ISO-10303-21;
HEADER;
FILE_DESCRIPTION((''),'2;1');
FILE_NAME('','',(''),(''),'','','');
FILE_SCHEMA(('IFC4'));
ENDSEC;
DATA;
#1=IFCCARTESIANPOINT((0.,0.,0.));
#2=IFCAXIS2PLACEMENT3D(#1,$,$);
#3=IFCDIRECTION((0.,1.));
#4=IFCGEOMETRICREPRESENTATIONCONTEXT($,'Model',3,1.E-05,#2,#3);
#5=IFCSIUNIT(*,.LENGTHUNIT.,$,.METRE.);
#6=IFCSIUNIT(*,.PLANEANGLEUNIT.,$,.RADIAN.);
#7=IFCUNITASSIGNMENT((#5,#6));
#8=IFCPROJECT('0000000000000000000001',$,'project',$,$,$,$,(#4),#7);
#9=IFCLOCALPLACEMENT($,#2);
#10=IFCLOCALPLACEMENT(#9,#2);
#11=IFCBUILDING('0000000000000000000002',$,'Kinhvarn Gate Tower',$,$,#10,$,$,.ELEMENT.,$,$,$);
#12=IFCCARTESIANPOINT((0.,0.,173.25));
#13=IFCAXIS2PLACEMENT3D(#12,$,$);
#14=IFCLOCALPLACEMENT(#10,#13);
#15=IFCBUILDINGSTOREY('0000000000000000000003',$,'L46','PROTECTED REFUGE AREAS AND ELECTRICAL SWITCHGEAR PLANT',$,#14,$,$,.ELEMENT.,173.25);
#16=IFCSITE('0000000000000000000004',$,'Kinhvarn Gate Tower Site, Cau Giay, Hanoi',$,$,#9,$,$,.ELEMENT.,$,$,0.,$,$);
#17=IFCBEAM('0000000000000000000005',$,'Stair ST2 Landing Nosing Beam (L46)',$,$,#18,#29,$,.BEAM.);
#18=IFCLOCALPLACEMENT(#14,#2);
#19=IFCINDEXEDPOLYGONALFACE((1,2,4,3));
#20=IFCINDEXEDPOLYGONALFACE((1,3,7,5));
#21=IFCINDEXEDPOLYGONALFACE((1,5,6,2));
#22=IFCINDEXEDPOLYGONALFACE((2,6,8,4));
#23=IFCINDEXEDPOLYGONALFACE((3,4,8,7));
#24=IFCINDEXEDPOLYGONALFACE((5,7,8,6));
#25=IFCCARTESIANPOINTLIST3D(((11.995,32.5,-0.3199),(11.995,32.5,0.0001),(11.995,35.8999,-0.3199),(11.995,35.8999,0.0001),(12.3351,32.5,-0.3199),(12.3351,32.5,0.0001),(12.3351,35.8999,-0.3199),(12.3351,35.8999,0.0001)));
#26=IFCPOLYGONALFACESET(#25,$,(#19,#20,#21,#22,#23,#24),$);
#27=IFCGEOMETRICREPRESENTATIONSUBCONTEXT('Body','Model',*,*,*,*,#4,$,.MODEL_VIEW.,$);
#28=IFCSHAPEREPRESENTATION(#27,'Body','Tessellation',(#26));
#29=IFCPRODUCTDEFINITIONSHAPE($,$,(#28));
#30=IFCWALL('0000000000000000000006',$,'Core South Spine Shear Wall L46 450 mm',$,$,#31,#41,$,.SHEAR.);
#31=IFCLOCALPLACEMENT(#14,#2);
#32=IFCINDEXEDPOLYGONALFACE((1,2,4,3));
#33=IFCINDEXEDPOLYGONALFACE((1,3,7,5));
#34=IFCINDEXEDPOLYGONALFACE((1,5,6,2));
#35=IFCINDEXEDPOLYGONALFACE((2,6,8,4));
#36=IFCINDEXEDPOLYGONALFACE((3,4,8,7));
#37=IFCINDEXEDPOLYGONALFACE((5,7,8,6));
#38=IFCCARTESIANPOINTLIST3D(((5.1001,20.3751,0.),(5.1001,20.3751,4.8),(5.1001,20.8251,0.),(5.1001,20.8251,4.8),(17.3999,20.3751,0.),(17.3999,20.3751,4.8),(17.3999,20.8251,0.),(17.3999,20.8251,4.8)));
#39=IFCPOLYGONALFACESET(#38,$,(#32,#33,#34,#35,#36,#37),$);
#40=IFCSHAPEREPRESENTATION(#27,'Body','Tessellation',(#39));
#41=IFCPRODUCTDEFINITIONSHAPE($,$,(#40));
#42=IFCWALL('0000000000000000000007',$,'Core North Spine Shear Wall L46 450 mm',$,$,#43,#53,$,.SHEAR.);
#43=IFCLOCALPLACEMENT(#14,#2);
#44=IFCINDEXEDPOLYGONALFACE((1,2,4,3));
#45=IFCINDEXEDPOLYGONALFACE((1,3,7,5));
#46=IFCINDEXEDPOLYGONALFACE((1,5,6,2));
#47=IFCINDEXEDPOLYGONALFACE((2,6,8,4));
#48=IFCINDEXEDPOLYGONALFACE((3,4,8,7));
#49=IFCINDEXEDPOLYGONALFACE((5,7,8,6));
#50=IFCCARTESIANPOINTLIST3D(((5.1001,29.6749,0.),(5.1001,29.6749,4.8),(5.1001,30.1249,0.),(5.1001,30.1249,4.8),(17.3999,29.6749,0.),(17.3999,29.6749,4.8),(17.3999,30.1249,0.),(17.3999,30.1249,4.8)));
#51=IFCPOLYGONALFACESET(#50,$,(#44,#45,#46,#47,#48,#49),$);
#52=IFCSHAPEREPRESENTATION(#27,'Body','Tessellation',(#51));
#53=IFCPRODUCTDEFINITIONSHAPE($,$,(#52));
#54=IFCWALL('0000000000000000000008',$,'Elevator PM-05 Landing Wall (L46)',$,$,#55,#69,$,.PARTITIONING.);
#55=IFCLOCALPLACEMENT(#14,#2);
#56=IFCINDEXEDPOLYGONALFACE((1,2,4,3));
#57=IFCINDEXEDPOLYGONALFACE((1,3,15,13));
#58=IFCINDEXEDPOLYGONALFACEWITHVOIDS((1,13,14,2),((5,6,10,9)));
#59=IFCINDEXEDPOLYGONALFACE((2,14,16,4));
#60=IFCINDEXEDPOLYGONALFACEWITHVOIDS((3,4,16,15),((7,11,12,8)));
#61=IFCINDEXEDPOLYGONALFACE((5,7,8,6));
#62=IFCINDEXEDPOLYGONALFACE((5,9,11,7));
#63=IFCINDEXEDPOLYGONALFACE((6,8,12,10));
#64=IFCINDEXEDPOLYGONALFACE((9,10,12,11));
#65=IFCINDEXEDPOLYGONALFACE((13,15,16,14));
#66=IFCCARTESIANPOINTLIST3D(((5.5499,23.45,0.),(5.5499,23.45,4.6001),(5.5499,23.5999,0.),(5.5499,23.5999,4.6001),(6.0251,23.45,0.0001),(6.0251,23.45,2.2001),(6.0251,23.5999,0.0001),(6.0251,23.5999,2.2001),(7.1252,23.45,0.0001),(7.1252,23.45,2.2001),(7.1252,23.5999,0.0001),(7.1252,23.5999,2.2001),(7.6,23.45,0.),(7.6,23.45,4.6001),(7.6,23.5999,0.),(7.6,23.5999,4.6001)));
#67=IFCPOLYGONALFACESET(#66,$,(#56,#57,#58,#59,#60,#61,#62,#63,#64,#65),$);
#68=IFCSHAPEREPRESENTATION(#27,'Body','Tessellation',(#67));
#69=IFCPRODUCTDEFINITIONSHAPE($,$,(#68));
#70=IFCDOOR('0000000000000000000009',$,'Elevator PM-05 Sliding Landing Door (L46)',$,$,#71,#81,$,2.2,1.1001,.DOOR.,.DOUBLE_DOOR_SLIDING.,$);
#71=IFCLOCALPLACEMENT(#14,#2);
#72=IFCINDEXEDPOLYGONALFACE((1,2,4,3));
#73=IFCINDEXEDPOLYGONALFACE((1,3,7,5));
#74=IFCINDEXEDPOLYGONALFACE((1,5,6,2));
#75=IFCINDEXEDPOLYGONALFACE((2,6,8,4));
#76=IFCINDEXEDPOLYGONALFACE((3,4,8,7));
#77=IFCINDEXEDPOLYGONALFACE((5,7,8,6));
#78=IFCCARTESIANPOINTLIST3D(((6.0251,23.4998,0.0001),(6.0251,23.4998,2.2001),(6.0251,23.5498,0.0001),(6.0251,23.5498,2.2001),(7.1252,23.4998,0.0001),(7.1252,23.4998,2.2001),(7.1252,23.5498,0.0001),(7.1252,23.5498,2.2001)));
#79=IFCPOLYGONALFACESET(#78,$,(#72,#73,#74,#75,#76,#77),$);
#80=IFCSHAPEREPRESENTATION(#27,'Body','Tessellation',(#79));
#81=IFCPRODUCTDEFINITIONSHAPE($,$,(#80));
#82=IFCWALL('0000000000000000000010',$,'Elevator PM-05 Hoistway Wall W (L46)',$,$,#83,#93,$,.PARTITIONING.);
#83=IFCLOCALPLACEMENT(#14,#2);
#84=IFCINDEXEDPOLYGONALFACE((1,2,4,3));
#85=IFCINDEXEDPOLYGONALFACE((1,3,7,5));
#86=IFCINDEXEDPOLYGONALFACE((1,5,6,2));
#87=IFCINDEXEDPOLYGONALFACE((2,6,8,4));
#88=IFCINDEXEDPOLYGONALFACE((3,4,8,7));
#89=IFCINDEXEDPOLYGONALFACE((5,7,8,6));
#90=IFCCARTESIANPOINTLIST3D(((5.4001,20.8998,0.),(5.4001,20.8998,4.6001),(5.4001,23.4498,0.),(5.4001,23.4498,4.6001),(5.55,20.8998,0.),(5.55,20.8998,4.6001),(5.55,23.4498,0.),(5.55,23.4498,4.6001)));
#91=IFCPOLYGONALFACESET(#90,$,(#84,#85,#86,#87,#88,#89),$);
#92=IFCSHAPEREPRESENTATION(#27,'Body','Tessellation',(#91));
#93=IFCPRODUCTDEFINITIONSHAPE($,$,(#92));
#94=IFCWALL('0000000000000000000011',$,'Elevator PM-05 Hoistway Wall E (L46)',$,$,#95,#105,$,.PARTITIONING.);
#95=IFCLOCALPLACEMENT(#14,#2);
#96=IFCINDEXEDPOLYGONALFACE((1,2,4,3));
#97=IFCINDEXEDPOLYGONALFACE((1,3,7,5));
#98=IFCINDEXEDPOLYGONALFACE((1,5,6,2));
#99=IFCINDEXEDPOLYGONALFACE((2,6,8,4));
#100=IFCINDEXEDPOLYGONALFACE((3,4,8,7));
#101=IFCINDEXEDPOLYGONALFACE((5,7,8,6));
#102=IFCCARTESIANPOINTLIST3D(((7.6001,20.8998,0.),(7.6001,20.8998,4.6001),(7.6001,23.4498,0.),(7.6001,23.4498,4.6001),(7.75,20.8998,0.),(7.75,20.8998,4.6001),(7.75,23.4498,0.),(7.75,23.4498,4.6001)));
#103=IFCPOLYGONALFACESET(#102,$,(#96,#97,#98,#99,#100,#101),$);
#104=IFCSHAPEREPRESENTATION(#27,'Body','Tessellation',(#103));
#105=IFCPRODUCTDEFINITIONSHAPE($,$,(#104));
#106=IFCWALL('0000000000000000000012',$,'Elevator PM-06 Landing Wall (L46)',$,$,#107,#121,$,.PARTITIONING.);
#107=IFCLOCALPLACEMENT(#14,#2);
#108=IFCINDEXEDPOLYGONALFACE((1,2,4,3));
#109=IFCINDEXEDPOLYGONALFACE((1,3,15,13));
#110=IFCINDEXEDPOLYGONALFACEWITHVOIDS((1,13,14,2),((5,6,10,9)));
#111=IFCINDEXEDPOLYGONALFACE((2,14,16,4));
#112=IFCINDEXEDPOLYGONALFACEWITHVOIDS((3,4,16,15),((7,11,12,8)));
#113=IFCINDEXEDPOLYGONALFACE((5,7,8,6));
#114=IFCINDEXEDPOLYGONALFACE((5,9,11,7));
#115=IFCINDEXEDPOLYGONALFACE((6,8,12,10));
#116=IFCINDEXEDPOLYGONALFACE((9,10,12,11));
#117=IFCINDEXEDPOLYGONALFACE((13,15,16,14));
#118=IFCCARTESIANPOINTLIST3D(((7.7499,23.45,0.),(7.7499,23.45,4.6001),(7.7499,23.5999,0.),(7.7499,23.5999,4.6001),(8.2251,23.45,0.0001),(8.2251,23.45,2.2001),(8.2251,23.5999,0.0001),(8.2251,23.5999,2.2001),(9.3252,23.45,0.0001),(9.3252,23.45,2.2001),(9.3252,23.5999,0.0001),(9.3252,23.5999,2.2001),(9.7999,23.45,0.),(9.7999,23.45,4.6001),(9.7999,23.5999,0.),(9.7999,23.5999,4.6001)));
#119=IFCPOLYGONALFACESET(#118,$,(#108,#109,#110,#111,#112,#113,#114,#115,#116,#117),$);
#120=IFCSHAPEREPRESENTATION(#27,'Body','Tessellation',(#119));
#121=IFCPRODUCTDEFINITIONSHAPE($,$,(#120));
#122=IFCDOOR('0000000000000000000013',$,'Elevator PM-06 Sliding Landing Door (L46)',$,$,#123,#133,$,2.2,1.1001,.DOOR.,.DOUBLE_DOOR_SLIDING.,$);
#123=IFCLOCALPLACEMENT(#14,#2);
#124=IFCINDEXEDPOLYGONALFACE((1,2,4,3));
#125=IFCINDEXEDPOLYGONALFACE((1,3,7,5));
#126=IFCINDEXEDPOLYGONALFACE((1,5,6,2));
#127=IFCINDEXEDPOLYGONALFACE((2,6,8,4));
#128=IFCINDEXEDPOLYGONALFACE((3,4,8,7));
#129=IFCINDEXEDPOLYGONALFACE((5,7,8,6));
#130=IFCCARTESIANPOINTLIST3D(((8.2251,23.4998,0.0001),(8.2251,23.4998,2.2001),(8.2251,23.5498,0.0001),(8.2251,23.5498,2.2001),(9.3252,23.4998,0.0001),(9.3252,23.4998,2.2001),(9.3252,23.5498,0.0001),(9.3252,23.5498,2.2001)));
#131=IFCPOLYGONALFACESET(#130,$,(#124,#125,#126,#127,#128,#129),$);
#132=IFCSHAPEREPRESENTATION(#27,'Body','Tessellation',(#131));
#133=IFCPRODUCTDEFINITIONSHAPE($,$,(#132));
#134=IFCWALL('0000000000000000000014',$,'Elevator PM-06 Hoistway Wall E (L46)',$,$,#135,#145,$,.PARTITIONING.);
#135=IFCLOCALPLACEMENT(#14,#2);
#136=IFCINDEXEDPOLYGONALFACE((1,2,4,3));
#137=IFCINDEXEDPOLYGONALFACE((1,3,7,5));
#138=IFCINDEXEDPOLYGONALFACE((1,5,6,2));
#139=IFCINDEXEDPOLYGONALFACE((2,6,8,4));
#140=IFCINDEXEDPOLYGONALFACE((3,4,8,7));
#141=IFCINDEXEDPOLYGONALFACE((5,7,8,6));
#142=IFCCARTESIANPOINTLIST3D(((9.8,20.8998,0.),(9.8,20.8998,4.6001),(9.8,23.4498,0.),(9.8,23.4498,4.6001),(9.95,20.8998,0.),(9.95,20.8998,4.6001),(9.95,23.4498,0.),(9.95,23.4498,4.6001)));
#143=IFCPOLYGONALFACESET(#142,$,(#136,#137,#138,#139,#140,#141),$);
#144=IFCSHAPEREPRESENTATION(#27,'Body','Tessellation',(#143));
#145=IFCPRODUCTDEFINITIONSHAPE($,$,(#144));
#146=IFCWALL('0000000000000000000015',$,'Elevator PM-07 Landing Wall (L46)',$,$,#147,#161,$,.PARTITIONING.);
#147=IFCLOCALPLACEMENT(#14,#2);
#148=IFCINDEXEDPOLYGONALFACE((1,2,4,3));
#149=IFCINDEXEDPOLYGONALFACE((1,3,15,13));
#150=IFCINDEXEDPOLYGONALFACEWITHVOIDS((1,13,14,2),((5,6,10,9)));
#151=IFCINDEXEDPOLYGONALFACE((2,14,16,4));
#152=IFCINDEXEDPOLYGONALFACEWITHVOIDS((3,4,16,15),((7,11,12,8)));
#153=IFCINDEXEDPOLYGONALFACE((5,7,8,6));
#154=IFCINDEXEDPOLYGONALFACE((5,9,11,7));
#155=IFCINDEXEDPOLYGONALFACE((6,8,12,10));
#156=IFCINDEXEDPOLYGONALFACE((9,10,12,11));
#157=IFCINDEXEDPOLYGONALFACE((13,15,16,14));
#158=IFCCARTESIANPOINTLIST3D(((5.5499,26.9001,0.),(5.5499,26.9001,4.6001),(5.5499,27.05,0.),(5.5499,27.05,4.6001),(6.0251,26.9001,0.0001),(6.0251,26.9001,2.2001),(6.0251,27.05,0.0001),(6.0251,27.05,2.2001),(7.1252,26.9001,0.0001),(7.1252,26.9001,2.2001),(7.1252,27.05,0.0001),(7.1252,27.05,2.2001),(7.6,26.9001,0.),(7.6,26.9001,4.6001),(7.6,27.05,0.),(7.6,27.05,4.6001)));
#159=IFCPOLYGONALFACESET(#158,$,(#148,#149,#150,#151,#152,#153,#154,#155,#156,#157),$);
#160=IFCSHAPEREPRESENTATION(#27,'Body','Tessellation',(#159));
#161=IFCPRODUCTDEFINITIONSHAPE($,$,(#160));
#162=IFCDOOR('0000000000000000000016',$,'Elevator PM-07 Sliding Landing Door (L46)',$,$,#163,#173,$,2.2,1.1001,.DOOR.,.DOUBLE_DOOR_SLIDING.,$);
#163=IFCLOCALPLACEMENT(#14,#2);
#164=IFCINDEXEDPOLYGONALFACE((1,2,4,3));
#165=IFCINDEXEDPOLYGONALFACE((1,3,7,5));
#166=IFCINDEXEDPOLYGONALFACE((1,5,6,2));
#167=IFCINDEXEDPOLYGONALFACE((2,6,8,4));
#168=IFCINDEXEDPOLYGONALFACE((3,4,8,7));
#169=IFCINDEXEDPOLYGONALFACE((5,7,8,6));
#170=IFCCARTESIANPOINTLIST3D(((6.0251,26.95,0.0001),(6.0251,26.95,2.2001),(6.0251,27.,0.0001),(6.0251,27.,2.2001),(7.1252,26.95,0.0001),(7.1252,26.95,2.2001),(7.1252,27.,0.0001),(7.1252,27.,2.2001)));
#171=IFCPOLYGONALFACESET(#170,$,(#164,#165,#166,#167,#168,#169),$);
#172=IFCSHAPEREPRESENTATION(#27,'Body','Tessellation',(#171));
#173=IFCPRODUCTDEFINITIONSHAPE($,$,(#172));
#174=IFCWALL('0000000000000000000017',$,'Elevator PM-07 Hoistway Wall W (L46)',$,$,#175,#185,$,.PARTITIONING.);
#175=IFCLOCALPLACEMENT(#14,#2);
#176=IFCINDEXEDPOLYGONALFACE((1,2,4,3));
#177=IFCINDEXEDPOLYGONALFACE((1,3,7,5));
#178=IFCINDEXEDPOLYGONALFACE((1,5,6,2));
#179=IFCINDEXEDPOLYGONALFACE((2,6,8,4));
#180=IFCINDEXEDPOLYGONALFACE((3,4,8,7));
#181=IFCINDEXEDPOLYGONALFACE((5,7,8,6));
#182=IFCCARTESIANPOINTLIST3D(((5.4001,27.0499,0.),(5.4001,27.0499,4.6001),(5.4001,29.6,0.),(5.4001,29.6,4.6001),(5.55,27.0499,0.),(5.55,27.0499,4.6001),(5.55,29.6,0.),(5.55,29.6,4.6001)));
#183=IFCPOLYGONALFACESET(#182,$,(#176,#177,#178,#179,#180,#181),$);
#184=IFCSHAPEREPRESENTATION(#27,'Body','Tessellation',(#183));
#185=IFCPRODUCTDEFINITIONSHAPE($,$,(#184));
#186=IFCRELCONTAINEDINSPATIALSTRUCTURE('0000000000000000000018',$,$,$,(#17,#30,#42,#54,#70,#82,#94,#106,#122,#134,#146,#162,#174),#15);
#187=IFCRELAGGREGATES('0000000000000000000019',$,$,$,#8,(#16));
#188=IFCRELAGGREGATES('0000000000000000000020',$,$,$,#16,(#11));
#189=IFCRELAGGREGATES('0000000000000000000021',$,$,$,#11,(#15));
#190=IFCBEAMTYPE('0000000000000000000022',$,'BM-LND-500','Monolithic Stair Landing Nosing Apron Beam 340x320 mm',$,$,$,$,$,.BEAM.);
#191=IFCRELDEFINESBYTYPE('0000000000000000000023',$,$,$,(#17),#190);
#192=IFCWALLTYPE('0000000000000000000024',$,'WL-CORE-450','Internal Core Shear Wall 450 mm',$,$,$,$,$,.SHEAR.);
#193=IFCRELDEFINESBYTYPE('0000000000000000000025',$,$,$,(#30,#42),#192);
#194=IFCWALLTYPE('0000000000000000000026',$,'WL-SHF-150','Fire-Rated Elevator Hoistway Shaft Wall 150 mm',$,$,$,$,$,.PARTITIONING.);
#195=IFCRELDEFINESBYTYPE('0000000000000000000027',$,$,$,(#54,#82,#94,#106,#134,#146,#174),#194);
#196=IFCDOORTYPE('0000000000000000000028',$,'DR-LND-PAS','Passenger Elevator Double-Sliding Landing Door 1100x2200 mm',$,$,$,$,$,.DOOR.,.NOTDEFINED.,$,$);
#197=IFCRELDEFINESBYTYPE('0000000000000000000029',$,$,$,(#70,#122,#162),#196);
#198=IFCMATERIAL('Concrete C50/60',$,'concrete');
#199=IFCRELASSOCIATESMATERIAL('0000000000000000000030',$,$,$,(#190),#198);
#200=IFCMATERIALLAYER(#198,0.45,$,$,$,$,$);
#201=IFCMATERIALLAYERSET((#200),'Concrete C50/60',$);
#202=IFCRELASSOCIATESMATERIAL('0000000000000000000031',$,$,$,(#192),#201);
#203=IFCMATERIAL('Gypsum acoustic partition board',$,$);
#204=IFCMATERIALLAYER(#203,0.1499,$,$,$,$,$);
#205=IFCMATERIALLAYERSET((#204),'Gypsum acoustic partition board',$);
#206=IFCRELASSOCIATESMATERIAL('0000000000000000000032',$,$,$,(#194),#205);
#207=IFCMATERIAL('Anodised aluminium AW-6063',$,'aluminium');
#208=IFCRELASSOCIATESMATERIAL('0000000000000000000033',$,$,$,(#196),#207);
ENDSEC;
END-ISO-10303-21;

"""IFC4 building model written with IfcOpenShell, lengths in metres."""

from ifc_helpers import new_model, si_unit, direction, frame, frame_2d, origin, origin_2d, place, context, subcontext, project, spatial, rectangle, extrude, material, layer, layer_set, material_profile, profile_set, type_object, element, fill, save


model = new_model("IFC4")

# Units and contexts
model_context = context("Model", 3, precision=1e-05, world=origin(), true_north=direction((0.0, 1.0)))
body_context = subcontext(model_context, "Body", "Model", "MODEL_VIEW")
ifc_project = project(units=[si_unit("LENGTHUNIT", "METRE"), si_unit("PLANEANGLEUNIT", "RADIAN")], contexts=[model_context])

# Site, building, storey
site_placement = place(None, origin())
site = spatial("IfcSite", under=ifc_project, at=site_placement, Name="Kinhvarn Gate Tower Site, Cau Giay, Hanoi", CompositionType="ELEMENT", RefElevation=0.0)
building_placement = place(site_placement, origin())
building = spatial("IfcBuilding", under=site, at=building_placement, Name="Kinhvarn Gate Tower", CompositionType="ELEMENT")
storey_placement = place(building_placement, frame((0.0, 0.0, 173.25)))
storey = spatial("IfcBuildingStorey", under=building, at=storey_placement, Name="L46", Description="PROTECTED REFUGE AREAS AND ELECTRICAL SWITCHGEAR PLANT", CompositionType="ELEMENT", Elevation=173.25)

# Beam
ifc_material_1 = material(Name="Concrete C50/60", Category="concrete")
ifc_material_profile = material_profile(ifc_material_1, rectangle(XDim=0.3401, YDim=0.3201, at=origin_2d()), Name="RC 340x320")
ifc_profile_set = profile_set([ifc_material_profile], Name="Concrete C50/60")
beam_type = type_object("IfcBeamType", Name="BM-LND-500", Description="Monolithic Stair Landing Nosing Apron Beam 340x320 mm", PredefinedType="BEAM", material=ifc_profile_set)
beam_placement = place(storey_placement, frame((12.165, 32.5, -0.1599), z_axis=(0.0, 1.0, 0.0), x_axis=(-1.0, 0.0, 0.0)))
element("IfcBeam", 1, at=beam_placement, inside=storey, type_object=beam_type, Name="Stair ST2 Landing Nosing Beam (L46)", PredefinedType="BEAM", context=body_context, shape_type="SweptSolid", body=[
    extrude(rectangle(XDim=0.3401, YDim=0.3201, at=origin_2d()), origin(), (0.0, 0.0, 1.0), 3.3999),
])

# Walls
ifc_layer_1 = layer(ifc_material_1, 0.45)
ifc_layer_set_1 = layer_set([ifc_layer_1], Name="Concrete C50/60")
wall_type_1 = type_object("IfcWallType", Name="WL-CORE-450", Description="Internal Core Shear Wall 450 mm", PredefinedType="SHEAR", material=ifc_layer_set_1)
for number, where, z_axis, x_axis, name in (
    (2, (5.1001, 20.6001, 0.0), (0.0, 0.0, 1.0), (1.0, 0.0, 0.0), "Core South Spine Shear Wall L46 450 mm"),
    (3, (5.1001, 29.8999, 0.0), (0.0, 0.0, 1.0), (1.0, 0.0, 0.0), "Core North Spine Shear Wall L46 450 mm"),
):
    element("IfcWall", number, at=place(storey_placement, frame(where, z_axis=z_axis, x_axis=x_axis)), inside=storey, type_object=wall_type_1, Name=name, PredefinedType="SHEAR", context=body_context, shape_type="SweptSolid", body=[
        extrude(rectangle(XDim=12.2998, YDim=0.45, at=frame_2d((6.1499, 0.0))), origin(), (0.0, 0.0, 1.0), 4.8),
    ])

# Wall, opening, door
ifc_material_2 = material(Name="Gypsum acoustic partition board")
ifc_layer_2 = layer(ifc_material_2, 0.1499)
ifc_layer_set_2 = layer_set([ifc_layer_2], Name="Gypsum acoustic partition board")
wall_type_2 = type_object("IfcWallType", Name="WL-SHF-150", Description="Fire-Rated Elevator Hoistway Shaft Wall 150 mm", PredefinedType="PARTITIONING", material=ifc_layer_set_2)
wall_1_placement = place(storey_placement, frame((5.55, 23.5249, 0.0), z_axis=(0.0, 0.0, 1.0), x_axis=(1.0, 0.0, 0.0)))
wall_1 = element("IfcWall", 4, at=wall_1_placement, inside=storey, type_object=wall_type_2, Name="Elevator PM-05 Landing Wall (L46)", PredefinedType="PARTITIONING", context=body_context, shape_type="SweptSolid", body=[
    extrude(rectangle(XDim=2.05, YDim=0.1499, at=frame_2d((1.0249, 0.0))), origin(), (0.0, 0.0, 1.0), 4.6001),
])
opening_1_placement = place(wall_1_placement, frame((0.4751, 0.0, 0.0)))
opening_1 = element("IfcOpeningElement", 5, at=opening_1_placement, cuts=wall_1, PredefinedType="OPENING", context=body_context, shape_type="SweptSolid", body=[
    extrude(rectangle(XDim=1.1001, YDim=2.2, at=frame_2d((0.55, 1.1001))), frame((0.0, 0.085, 0.0), z_axis=(0.0, -1.0, 0.0), x_axis=(1.0, 0.0, 0.0)), (0.0, 0.0, 1.0), 0.1699),
])
ifc_material_3 = material(Name="Anodised aluminium AW-6063", Category="aluminium")
door_type = type_object("IfcDoorType", Name="DR-LND-PAS", Description="Passenger Elevator Double-Sliding Landing Door 1100x2200 mm", OperationType="NOTDEFINED", PredefinedType="DOOR", material=ifc_material_3)
door_1_placement = place(opening_1_placement, origin())
door_1 = element("IfcDoor", 6, at=door_1_placement, inside=storey, type_object=door_type, Name="Elevator PM-05 Sliding Landing Door (L46)", OperationType="DOUBLE_DOOR_SLIDING", OverallHeight=2.2, OverallWidth=1.1001, PredefinedType="DOOR", context=body_context, shape_type="SweptSolid", body=[
    extrude(rectangle(XDim=1.1001, YDim=2.2, at=frame_2d((0.55, 1.1001))), frame((0.0, 0.0249, 0.0), z_axis=(0.0, -1.0, 0.0), x_axis=(1.0, 0.0, 0.0)), (0.0, 0.0, 1.0), 0.05),
])
fill(opening_1, door_1)

# Walls
for number, where, z_axis, x_axis, name in (
    (7, (5.4751, 20.8999, 0.0), (0.0, 0.0, 1.0), (0.0, 1.0, 0.0), "Elevator PM-05 Hoistway Wall W (L46)"),
    (8, (7.675, 20.8999, 0.0), (0.0, 0.0, 1.0), (0.0, 1.0, 0.0), "Elevator PM-05 Hoistway Wall E (L46)"),
):
    element("IfcWall", number, at=place(storey_placement, frame(where, z_axis=z_axis, x_axis=x_axis)), inside=storey, type_object=wall_type_2, Name=name, PredefinedType="PARTITIONING", context=body_context, shape_type="SweptSolid", body=[
        extrude(rectangle(XDim=2.55, YDim=0.1499, at=frame_2d((1.2749, 0.0))), origin(), (0.0, 0.0, 1.0), 4.6001),
    ])

# Wall, opening, door
wall_2_placement = place(storey_placement, frame((7.75, 23.5249, 0.0), z_axis=(0.0, 0.0, 1.0), x_axis=(1.0, 0.0, 0.0)))
wall_2 = element("IfcWall", 9, at=wall_2_placement, inside=storey, type_object=wall_type_2, Name="Elevator PM-06 Landing Wall (L46)", PredefinedType="PARTITIONING", context=body_context, shape_type="SweptSolid", body=[
    extrude(rectangle(XDim=2.05, YDim=0.1499, at=frame_2d((1.0249, 0.0))), origin(), (0.0, 0.0, 1.0), 4.6001),
])
opening_2_placement = place(wall_2_placement, frame((0.4751, 0.0, 0.0)))
opening_2 = element("IfcOpeningElement", 10, at=opening_2_placement, cuts=wall_2, PredefinedType="OPENING", context=body_context, shape_type="SweptSolid", body=[
    extrude(rectangle(XDim=1.1001, YDim=2.2, at=frame_2d((0.55, 1.1001))), frame((0.0, 0.085, 0.0), z_axis=(0.0, -1.0, 0.0), x_axis=(1.0, 0.0, 0.0)), (0.0, 0.0, 1.0), 0.1699),
])
door_2_placement = place(opening_2_placement, origin())
door_2 = element("IfcDoor", 11, at=door_2_placement, inside=storey, type_object=door_type, Name="Elevator PM-06 Sliding Landing Door (L46)", OperationType="DOUBLE_DOOR_SLIDING", OverallHeight=2.2, OverallWidth=1.1001, PredefinedType="DOOR", context=body_context, shape_type="SweptSolid", body=[
    extrude(rectangle(XDim=1.1001, YDim=2.2, at=frame_2d((0.55, 1.1001))), frame((0.0, 0.0249, 0.0), z_axis=(0.0, -1.0, 0.0), x_axis=(1.0, 0.0, 0.0)), (0.0, 0.0, 1.0), 0.05),
])
fill(opening_2, door_2)

# Wall
wall_3_placement = place(storey_placement, frame((9.875, 20.8999, 0.0), z_axis=(0.0, 0.0, 1.0), x_axis=(0.0, 1.0, 0.0)))
element("IfcWall", 12, at=wall_3_placement, inside=storey, type_object=wall_type_2, Name="Elevator PM-06 Hoistway Wall E (L46)", PredefinedType="PARTITIONING", context=body_context, shape_type="SweptSolid", body=[
    extrude(rectangle(XDim=2.55, YDim=0.1499, at=frame_2d((1.2749, 0.0))), origin(), (0.0, 0.0, 1.0), 4.6001),
])

# Wall, opening, door
wall_4_placement = place(storey_placement, frame((5.55, 26.9751, 0.0), z_axis=(0.0, 0.0, 1.0), x_axis=(1.0, 0.0, 0.0)))
wall_4 = element("IfcWall", 13, at=wall_4_placement, inside=storey, type_object=wall_type_2, Name="Elevator PM-07 Landing Wall (L46)", PredefinedType="PARTITIONING", context=body_context, shape_type="SweptSolid", body=[
    extrude(rectangle(XDim=2.05, YDim=0.1499, at=frame_2d((1.0249, 0.0))), origin(), (0.0, 0.0, 1.0), 4.6001),
])
opening_3_placement = place(wall_4_placement, frame((0.4751, 0.0, 0.0)))
opening_3 = element("IfcOpeningElement", 14, at=opening_3_placement, cuts=wall_4, PredefinedType="OPENING", context=body_context, shape_type="SweptSolid", body=[
    extrude(rectangle(XDim=1.1001, YDim=2.2, at=frame_2d((0.55, 1.1001))), frame((0.0, 0.085, 0.0), z_axis=(0.0, -1.0, 0.0), x_axis=(1.0, 0.0, 0.0)), (0.0, 0.0, 1.0), 0.1699),
])
door_3_placement = place(opening_3_placement, origin())
door_3 = element("IfcDoor", 15, at=door_3_placement, inside=storey, type_object=door_type, Name="Elevator PM-07 Sliding Landing Door (L46)", OperationType="DOUBLE_DOOR_SLIDING", OverallHeight=2.2, OverallWidth=1.1001, PredefinedType="DOOR", context=body_context, shape_type="SweptSolid", body=[
    extrude(rectangle(XDim=1.1001, YDim=2.2, at=frame_2d((0.55, 1.1001))), frame((0.0, 0.0249, 0.0), z_axis=(0.0, -1.0, 0.0), x_axis=(1.0, 0.0, 0.0)), (0.0, 0.0, 1.0), 0.05),
])
fill(opening_3, door_3)

# Wall
for number, where, z_axis, x_axis, name in (
    (16, (5.4751, 27.05, 0.0), (0.0, 0.0, 1.0), (0.0, 1.0, 0.0), "Elevator PM-07 Hoistway Wall W (L46)"),
):
    element("IfcWall", number, at=place(storey_placement, frame(where, z_axis=z_axis, x_axis=x_axis)), inside=storey, type_object=wall_type_2, Name=name, PredefinedType="PARTITIONING", context=body_context, shape_type="SweptSolid", body=[
        extrude(rectangle(XDim=2.55, YDim=0.1499, at=frame_2d((1.2749, 0.0))), origin(), (0.0, 0.0, 1.0), 4.6001),
    ])

save(model, "model.ifc")
